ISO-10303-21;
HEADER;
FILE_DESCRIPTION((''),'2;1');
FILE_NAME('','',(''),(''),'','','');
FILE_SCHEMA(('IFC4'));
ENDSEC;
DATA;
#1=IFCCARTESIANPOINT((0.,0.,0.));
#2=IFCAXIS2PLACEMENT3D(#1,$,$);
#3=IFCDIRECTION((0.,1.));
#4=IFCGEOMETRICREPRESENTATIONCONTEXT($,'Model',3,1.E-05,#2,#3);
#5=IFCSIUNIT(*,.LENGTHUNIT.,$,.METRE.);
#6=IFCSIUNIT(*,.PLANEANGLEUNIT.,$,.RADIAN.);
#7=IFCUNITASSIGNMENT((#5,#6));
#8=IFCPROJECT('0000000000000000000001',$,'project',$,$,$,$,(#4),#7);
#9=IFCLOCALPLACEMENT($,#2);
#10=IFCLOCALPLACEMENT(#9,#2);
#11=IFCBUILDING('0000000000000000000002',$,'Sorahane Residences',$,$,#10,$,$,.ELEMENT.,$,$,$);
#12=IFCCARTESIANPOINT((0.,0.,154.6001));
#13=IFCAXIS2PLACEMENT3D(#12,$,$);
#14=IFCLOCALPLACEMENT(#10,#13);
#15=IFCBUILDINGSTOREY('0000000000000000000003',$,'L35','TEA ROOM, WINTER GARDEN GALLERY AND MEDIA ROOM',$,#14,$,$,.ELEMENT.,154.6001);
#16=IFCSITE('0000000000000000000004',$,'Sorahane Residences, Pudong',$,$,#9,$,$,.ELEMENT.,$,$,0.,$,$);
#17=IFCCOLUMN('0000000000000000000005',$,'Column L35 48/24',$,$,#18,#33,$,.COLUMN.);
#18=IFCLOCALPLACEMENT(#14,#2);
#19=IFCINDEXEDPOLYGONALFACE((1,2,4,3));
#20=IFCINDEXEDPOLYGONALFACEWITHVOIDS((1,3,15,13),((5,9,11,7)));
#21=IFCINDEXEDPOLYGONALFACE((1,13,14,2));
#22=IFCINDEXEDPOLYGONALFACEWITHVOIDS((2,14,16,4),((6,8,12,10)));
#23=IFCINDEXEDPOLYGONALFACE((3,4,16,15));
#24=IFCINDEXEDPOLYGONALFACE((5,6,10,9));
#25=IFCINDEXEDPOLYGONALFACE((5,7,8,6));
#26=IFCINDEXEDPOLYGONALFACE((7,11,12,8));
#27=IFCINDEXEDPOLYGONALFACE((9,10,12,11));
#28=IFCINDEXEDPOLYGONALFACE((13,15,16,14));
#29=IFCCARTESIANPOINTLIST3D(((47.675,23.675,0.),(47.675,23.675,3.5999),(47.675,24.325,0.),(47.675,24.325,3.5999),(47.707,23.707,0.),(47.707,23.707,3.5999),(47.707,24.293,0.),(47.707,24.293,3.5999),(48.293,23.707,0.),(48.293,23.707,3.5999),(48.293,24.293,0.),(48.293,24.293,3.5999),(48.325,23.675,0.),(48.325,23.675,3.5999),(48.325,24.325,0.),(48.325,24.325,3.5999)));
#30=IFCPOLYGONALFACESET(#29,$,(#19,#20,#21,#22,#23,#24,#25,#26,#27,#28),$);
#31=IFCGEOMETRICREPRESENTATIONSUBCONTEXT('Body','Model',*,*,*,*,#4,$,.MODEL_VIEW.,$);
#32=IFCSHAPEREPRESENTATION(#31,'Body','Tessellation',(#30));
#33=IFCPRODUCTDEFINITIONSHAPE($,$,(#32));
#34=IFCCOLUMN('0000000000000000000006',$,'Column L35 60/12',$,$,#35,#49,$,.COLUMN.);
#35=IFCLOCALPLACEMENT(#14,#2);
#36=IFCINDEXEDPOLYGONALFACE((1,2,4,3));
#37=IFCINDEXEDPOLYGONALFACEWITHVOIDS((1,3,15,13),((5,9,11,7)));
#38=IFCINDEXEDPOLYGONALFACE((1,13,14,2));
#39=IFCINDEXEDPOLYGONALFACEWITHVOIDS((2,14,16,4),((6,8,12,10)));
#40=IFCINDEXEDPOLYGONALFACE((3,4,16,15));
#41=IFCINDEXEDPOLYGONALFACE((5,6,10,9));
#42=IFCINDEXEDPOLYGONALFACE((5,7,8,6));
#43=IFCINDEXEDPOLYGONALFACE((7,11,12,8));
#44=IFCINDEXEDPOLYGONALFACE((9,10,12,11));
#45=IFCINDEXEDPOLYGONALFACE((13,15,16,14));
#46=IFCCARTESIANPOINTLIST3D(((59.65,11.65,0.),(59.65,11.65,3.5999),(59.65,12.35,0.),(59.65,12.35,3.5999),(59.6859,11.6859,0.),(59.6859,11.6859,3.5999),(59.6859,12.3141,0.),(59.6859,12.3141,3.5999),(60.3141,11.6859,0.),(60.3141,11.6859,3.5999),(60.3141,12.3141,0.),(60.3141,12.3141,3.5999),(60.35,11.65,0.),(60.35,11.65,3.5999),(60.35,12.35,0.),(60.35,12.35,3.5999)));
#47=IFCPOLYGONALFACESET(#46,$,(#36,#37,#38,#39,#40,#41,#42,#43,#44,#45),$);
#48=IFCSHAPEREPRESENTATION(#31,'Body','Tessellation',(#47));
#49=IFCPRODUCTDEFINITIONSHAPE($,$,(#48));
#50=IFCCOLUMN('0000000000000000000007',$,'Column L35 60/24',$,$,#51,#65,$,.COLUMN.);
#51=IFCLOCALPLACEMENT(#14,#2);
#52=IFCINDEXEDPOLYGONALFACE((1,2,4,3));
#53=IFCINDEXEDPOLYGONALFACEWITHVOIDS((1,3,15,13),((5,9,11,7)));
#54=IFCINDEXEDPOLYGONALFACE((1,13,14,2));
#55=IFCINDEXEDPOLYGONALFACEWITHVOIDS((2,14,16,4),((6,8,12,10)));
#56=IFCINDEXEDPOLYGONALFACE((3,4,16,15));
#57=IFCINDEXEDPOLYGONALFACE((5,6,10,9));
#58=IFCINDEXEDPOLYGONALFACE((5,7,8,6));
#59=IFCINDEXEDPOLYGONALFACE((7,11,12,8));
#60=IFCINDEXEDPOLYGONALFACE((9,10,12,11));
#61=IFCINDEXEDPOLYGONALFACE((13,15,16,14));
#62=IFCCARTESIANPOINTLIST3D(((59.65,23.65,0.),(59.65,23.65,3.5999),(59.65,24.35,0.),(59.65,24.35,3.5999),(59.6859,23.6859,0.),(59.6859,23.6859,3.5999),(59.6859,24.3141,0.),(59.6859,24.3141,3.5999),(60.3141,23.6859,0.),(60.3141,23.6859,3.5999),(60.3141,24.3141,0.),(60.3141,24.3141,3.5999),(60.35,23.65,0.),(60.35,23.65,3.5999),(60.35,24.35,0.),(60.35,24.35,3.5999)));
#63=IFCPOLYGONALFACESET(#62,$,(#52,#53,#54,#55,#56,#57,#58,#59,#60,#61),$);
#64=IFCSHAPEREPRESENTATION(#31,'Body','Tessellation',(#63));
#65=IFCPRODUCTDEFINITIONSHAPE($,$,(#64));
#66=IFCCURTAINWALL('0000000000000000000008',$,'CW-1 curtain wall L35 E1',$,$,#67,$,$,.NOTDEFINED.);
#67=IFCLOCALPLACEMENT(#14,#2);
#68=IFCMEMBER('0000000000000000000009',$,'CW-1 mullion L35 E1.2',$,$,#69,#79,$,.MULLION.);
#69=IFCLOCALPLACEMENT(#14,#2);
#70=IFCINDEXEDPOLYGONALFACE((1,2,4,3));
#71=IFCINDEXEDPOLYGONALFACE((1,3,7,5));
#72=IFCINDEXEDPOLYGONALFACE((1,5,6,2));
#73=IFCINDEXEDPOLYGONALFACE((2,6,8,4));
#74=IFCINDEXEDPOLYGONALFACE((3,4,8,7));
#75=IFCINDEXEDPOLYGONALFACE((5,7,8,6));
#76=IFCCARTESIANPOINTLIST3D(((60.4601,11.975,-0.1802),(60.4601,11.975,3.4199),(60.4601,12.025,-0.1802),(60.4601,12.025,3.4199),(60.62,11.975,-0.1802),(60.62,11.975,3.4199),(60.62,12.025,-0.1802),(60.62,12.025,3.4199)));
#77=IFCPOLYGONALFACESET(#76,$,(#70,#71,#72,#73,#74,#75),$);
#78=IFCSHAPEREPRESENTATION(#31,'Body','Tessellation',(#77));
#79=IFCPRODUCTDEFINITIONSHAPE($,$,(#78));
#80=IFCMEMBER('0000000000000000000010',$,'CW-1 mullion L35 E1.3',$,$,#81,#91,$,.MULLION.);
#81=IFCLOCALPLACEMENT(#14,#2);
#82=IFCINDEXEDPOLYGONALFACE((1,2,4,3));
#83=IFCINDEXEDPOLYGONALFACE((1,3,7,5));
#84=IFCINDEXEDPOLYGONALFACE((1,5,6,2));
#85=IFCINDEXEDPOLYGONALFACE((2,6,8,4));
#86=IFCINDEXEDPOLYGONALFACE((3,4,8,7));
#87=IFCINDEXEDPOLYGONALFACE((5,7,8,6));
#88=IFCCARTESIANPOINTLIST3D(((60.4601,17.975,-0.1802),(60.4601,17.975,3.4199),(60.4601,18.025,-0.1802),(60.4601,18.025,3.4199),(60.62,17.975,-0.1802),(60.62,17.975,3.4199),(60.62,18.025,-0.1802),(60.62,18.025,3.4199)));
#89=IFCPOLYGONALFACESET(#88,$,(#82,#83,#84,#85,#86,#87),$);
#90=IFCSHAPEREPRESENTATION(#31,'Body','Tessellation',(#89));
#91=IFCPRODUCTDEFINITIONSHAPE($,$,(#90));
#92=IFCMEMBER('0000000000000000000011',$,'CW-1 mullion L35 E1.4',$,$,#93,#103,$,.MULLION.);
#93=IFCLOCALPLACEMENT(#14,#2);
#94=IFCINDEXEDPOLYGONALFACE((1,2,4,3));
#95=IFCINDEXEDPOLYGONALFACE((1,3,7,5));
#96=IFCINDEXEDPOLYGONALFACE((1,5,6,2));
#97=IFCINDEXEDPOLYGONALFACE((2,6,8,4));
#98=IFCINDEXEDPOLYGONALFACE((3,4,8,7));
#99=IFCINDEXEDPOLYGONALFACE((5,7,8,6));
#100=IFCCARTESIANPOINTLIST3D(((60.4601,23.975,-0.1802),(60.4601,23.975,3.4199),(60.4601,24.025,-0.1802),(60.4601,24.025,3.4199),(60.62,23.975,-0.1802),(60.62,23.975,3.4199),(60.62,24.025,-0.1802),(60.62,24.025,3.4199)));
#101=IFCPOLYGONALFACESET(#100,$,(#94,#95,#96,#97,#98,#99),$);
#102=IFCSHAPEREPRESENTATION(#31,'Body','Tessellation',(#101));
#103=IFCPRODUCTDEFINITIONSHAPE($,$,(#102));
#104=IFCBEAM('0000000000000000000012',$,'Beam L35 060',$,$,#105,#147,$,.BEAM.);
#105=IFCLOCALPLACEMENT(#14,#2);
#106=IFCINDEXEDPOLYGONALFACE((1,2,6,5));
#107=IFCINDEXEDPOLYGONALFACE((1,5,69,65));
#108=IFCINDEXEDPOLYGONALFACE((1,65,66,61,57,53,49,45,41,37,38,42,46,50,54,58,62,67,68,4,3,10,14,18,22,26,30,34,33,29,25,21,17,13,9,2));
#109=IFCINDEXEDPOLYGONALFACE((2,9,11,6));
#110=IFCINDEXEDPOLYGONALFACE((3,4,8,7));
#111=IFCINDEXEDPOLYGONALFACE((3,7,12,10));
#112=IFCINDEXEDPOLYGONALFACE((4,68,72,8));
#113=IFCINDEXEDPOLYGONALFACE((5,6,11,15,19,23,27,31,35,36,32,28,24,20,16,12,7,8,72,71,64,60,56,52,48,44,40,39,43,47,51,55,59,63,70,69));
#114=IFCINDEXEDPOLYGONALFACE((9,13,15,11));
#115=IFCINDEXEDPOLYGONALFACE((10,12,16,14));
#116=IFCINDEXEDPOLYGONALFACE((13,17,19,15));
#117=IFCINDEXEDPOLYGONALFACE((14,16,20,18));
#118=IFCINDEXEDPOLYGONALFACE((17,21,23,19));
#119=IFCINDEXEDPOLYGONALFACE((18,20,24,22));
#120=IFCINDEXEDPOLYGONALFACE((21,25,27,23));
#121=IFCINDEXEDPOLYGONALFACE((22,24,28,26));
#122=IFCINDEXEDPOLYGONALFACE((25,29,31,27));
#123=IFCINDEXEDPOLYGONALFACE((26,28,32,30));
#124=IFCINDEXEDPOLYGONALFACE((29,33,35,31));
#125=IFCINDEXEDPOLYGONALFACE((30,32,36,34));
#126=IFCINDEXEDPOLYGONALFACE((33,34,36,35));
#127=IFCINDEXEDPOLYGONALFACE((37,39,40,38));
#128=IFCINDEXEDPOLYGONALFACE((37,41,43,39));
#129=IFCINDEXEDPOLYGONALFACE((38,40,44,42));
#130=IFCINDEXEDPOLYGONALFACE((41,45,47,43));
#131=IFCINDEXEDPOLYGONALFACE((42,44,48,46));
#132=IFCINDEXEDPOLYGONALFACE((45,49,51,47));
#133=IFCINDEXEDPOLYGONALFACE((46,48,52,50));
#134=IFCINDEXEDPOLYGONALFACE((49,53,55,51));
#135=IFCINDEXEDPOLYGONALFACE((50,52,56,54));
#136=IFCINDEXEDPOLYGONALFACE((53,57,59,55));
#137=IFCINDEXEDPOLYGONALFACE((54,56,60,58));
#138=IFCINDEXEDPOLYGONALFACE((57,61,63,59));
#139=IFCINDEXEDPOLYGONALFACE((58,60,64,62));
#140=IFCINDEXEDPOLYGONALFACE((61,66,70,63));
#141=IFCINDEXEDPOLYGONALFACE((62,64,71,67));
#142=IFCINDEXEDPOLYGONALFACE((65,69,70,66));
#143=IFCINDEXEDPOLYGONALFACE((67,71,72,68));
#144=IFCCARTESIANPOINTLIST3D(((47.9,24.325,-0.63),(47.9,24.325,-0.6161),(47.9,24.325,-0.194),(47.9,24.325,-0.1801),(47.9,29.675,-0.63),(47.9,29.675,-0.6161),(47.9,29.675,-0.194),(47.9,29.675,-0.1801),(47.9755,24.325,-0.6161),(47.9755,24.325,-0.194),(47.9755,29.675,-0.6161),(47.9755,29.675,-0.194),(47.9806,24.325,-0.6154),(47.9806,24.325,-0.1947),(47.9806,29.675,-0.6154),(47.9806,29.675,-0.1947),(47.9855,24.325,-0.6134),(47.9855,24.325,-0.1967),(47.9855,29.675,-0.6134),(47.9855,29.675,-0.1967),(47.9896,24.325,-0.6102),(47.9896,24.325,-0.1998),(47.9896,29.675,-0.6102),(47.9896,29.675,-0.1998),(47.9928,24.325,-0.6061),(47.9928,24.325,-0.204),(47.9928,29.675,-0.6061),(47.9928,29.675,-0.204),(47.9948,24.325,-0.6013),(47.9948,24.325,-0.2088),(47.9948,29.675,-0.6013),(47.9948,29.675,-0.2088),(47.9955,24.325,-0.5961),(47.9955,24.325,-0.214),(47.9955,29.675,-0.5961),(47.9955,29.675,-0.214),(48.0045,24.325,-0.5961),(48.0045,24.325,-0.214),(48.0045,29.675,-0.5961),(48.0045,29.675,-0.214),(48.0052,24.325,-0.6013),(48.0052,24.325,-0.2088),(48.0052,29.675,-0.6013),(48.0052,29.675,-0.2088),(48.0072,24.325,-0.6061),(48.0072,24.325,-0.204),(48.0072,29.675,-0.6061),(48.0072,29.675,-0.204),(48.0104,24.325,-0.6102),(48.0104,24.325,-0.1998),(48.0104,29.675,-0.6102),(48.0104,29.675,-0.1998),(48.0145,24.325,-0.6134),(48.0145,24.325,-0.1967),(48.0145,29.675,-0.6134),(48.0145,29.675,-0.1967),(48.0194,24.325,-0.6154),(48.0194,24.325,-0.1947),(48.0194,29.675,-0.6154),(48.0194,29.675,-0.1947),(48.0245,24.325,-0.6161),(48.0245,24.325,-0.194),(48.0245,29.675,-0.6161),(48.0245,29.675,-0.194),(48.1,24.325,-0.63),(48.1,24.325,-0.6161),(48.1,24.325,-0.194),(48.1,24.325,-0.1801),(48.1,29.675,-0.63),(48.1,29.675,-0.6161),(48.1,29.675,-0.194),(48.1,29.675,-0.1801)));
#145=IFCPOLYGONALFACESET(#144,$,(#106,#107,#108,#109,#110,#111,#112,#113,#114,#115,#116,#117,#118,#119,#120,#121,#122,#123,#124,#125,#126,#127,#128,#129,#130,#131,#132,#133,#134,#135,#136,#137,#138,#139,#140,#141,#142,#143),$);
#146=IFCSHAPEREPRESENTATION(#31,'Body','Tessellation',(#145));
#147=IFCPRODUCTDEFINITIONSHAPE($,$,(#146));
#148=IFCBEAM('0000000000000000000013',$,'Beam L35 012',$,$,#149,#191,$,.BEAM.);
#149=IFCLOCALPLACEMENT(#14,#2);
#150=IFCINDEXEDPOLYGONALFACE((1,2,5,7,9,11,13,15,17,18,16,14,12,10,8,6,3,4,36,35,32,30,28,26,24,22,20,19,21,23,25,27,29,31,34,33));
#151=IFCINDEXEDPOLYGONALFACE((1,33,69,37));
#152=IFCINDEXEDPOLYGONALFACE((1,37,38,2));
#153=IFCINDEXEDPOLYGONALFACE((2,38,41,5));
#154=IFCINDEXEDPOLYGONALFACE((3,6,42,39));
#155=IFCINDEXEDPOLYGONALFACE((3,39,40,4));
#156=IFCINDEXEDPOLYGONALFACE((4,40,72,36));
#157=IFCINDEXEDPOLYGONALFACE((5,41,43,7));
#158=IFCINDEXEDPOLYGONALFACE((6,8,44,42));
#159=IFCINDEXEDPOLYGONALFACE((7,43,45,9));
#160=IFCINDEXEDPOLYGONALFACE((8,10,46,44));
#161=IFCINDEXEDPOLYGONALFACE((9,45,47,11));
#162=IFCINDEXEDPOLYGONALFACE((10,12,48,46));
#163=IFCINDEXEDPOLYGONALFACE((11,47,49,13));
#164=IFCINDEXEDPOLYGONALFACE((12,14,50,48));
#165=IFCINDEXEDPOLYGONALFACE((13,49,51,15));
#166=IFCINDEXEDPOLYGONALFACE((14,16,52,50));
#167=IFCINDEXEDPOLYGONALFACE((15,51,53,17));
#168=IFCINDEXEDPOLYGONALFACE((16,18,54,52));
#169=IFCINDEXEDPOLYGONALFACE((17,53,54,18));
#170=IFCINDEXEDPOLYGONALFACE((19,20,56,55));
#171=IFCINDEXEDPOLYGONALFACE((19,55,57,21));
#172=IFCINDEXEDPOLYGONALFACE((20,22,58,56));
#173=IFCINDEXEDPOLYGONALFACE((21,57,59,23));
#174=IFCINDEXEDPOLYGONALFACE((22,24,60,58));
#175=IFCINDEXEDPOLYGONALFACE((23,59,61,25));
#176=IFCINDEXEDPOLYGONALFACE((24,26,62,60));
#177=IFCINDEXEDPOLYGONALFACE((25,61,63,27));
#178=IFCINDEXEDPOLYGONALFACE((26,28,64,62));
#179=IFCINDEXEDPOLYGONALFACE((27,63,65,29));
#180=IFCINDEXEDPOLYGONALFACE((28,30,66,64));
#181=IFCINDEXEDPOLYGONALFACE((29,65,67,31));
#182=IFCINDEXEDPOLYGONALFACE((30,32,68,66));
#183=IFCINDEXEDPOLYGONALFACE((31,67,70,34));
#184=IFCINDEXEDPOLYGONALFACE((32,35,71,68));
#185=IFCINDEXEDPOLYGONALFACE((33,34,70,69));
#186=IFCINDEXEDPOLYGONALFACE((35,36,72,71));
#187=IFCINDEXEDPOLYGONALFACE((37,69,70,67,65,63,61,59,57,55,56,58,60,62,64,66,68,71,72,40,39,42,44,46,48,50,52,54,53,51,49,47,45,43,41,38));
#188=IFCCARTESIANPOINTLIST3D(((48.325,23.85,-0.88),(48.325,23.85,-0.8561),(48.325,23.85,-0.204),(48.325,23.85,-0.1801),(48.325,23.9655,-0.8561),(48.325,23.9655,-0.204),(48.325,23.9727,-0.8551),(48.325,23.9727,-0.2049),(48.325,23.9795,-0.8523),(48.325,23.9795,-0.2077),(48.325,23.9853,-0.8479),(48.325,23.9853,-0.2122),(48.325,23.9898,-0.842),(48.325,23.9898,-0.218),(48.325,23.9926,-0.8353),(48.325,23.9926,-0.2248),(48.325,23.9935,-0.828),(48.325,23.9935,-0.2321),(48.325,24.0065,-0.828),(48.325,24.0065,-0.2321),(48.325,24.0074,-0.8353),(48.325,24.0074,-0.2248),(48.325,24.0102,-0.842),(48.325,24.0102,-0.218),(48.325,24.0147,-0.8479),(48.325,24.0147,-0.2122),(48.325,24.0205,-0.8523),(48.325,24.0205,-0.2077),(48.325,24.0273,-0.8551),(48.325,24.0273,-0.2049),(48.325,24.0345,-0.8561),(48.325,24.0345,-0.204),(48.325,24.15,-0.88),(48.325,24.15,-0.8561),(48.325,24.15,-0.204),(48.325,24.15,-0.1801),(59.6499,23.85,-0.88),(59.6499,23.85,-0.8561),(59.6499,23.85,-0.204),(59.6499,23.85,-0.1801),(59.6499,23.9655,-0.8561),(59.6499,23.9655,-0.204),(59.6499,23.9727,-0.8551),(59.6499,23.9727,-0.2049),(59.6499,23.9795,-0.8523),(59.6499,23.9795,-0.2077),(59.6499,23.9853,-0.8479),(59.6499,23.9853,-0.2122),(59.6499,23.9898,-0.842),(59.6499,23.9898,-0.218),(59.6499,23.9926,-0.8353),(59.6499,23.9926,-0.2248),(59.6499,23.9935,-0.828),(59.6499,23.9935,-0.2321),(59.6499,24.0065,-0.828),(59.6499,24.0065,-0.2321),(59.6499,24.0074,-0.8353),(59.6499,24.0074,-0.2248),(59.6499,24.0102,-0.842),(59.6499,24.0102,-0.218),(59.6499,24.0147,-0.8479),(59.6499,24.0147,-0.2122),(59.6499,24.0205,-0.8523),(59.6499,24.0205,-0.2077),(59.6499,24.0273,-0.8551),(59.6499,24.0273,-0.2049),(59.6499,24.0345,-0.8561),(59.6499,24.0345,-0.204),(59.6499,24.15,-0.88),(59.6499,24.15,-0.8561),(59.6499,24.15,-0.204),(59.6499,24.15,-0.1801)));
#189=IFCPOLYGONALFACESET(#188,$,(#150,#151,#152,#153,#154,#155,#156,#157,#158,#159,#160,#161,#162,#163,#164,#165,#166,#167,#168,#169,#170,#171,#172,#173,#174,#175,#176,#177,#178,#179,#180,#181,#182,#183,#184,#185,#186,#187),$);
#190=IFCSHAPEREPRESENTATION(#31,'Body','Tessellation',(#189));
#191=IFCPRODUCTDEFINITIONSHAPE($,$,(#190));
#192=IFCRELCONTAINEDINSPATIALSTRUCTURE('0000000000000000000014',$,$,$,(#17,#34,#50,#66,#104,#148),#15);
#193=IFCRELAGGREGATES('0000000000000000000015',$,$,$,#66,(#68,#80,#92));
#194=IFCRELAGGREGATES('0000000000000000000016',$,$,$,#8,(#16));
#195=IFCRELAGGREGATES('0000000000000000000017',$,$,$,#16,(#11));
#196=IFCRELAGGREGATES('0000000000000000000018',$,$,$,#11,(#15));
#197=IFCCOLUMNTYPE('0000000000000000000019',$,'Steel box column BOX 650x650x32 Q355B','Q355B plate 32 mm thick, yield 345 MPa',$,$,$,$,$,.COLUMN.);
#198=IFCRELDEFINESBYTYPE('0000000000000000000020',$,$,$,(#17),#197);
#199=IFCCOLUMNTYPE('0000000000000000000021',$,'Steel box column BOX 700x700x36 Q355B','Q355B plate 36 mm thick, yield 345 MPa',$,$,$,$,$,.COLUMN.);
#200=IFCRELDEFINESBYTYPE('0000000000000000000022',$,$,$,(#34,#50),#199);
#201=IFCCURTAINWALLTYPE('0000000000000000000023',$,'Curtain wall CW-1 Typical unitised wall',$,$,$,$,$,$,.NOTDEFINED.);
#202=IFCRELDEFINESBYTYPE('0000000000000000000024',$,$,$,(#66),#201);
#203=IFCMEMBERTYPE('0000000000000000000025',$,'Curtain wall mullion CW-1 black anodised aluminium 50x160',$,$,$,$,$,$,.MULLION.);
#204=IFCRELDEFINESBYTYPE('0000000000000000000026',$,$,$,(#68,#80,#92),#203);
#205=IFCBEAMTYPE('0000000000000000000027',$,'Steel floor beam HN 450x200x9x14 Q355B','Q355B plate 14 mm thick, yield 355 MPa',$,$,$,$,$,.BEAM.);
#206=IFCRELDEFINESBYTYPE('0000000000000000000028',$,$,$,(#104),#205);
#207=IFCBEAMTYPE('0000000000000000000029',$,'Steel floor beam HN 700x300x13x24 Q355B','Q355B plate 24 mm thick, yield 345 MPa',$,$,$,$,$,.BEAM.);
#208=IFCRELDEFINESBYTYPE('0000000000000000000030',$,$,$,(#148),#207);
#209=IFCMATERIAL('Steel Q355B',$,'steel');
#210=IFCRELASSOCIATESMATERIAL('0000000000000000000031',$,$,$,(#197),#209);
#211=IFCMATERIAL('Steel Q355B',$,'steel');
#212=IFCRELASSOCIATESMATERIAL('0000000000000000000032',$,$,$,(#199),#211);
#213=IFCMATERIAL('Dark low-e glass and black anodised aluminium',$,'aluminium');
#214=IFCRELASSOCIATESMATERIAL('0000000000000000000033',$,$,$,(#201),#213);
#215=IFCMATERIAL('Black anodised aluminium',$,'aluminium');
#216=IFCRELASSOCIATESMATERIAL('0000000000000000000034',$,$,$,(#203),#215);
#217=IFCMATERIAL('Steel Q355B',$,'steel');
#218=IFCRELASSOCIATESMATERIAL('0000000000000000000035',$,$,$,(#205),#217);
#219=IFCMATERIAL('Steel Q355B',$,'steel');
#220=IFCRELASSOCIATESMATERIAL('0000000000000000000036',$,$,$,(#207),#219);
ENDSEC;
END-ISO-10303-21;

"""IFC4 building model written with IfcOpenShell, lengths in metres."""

from ifc_helpers import new_model, si_unit, direction, frame, origin, origin_2d, place, context, subcontext, project, spatial, rectangle, hollow_rectangle, i_section, extrude, material, material_profile, profile_set, type_object, element, aggregate, save


model = new_model("IFC4")

# Units and contexts
model_context = context("Model", 3, precision=1e-05, world=origin(), true_north=direction((0.0, 1.0)))
body_context = subcontext(model_context, "Body", "Model", "MODEL_VIEW")
ifc_project = project(units=[si_unit("LENGTHUNIT", "METRE"), si_unit("PLANEANGLEUNIT", "RADIAN")], contexts=[model_context])

# Site, building, storey
site_placement = place(None, origin())
site = spatial("IfcSite", under=ifc_project, at=site_placement, Name="Sorahane Residences, Pudong", CompositionType="ELEMENT", RefElevation=0.0)
building_placement = place(site_placement, origin())
building = spatial("IfcBuilding", under=site, at=building_placement, Name="Sorahane Residences", CompositionType="ELEMENT")
storey_placement = place(building_placement, frame((0.0, 0.0, 154.6001)))
storey = spatial("IfcBuildingStorey", under=building, at=storey_placement, Name="L35", Description="TEA ROOM, WINTER GARDEN GALLERY AND MEDIA ROOM", CompositionType="ELEMENT", Elevation=154.6001)

# Columns
ifc_material_1 = material(Name="Steel Q355B", Category="steel")
ifc_material_profile_1 = material_profile(ifc_material_1, hollow_rectangle(XDim=0.6499, YDim=0.6499, WallThickness=0.032, at=origin_2d()), Name="BOX 650x650x32")
ifc_profile_set_1 = profile_set([ifc_material_profile_1], Name="Steel Q355B")
column_type_1 = type_object("IfcColumnType", Name="Steel box column BOX 650x650x32 Q355B", Description="Q355B plate 32 mm thick, yield 345 MPa", PredefinedType="COLUMN", material=ifc_profile_set_1)
column_placement = place(storey_placement, frame((48.0, 24.0, 0.0), z_axis=(0.0, 0.0, 1.0), x_axis=(1.0, 0.0, 0.0)))
element("IfcColumn", 1, at=column_placement, inside=storey, type_object=column_type_1, Name="Column L35 48/24", PredefinedType="COLUMN", context=body_context, shape_type="SweptSolid", body=[
    extrude(hollow_rectangle(XDim=0.6499, YDim=0.6499, WallThickness=0.032, at=origin_2d()), origin(), (0.0, 0.0, 1.0), 3.5999),
])
ifc_material_2 = material(Name="Steel Q355B", Category="steel")
ifc_material_profile_2 = material_profile(ifc_material_2, hollow_rectangle(XDim=0.7, YDim=0.7, WallThickness=0.0359, at=origin_2d()), Name="BOX 700x700x36")
ifc_profile_set_2 = profile_set([ifc_material_profile_2], Name="Steel Q355B")
column_type_2 = type_object("IfcColumnType", Name="Steel box column BOX 700x700x36 Q355B", Description="Q355B plate 36 mm thick, yield 345 MPa", PredefinedType="COLUMN", material=ifc_profile_set_2)
for number, where, z_axis, x_axis, name in (
    (2, (60.0, 12.0, 0.0), (0.0, 0.0, 1.0), (1.0, 0.0, 0.0), "Column L35 60/12"),
    (3, (60.0, 24.0, 0.0), (0.0, 0.0, 1.0), (1.0, 0.0, 0.0), "Column L35 60/24"),
):
    element("IfcColumn", number, at=place(storey_placement, frame(where, z_axis=z_axis, x_axis=x_axis)), inside=storey, type_object=column_type_2, Name=name, PredefinedType="COLUMN", context=body_context, shape_type="SweptSolid", body=[
        extrude(hollow_rectangle(XDim=0.7, YDim=0.7, WallThickness=0.0359, at=origin_2d()), origin(), (0.0, 0.0, 1.0), 3.5999),
    ])

# Curtain wall, members
ifc_material_3 = material(Name="Dark low-e glass and black anodised aluminium", Category="aluminium")
curtain_wall_type = type_object("IfcCurtainWallType", Name="Curtain wall CW-1 Typical unitised wall", PredefinedType="NOTDEFINED", material=ifc_material_3)
curtain_wall_placement = place(storey_placement, origin())
curtain_wall = element("IfcCurtainWall", 4, at=curtain_wall_placement, inside=storey, type_object=curtain_wall_type, Name="CW-1 curtain wall L35 E1", PredefinedType="NOTDEFINED")
ifc_material_4 = material(Name="Black anodised aluminium", Category="aluminium")
ifc_material_profile_3 = material_profile(ifc_material_4, rectangle(XDim=0.1599, YDim=0.05, at=origin_2d()), Name="Curtain wall mullion CW-1 black anodised aluminium 50x160")
ifc_profile_set_3 = profile_set([ifc_material_profile_3], Name="Black anodised aluminium")
member_type = type_object("IfcMemberType", Name="Curtain wall mullion CW-1 black anodised aluminium 50x160", PredefinedType="MULLION", material=ifc_profile_set_3)
member_1_placement = place(storey_placement, frame((60.54, 12.0, -0.1802), z_axis=(0.0, 0.0, 1.0), x_axis=(1.0, 0.0, 0.0)))
member_1 = element("IfcMember", 5, at=member_1_placement, type_object=member_type, Name="CW-1 mullion L35 E1.2", PredefinedType="MULLION", context=body_context, shape_type="SweptSolid", body=[
    extrude(rectangle(XDim=0.1599, YDim=0.05, at=origin_2d()), origin(), (0.0, 0.0, 1.0), 3.6001),
])
member_2_placement = place(storey_placement, frame((60.54, 18.0, -0.1802), z_axis=(0.0, 0.0, 1.0), x_axis=(1.0, 0.0, 0.0)))
member_2 = element("IfcMember", 6, at=member_2_placement, type_object=member_type, Name="CW-1 mullion L35 E1.3", PredefinedType="MULLION", context=body_context, shape_type="SweptSolid", body=[
    extrude(rectangle(XDim=0.1599, YDim=0.05, at=origin_2d()), origin(), (0.0, 0.0, 1.0), 3.6001),
])
member_3_placement = place(storey_placement, frame((60.54, 24.0, -0.1802), z_axis=(0.0, 0.0, 1.0), x_axis=(1.0, 0.0, 0.0)))
member_3 = element("IfcMember", 7, at=member_3_placement, type_object=member_type, Name="CW-1 mullion L35 E1.4", PredefinedType="MULLION", context=body_context, shape_type="SweptSolid", body=[
    extrude(rectangle(XDim=0.1599, YDim=0.05, at=origin_2d()), origin(), (0.0, 0.0, 1.0), 3.6001),
])

# Beams
ifc_material_5 = material(Name="Steel Q355B", Category="steel")
ifc_material_profile_4 = material_profile(ifc_material_5, i_section(OverallWidth=0.2, OverallDepth=0.45, WebThickness=0.009, FlangeThickness=0.0139, FilletRadius=0.02, at=origin_2d()), Name="HN 450x200x9x14")
ifc_profile_set_4 = profile_set([ifc_material_profile_4], Name="Steel Q355B")
beam_type_1 = type_object("IfcBeamType", Name="Steel floor beam HN 450x200x9x14 Q355B", Description="Q355B plate 14 mm thick, yield 355 MPa", PredefinedType="BEAM", material=ifc_profile_set_4)
beam_1_placement = place(storey_placement, frame((48.0, 24.325, -0.405), z_axis=(0.0, 1.0, 0.0), x_axis=(-1.0, 0.0, 0.0)))
element("IfcBeam", 8, at=beam_1_placement, inside=storey, type_object=beam_type_1, Name="Beam L35 060", PredefinedType="BEAM", context=body_context, shape_type="SweptSolid", body=[
    extrude(i_section(OverallWidth=0.2, OverallDepth=0.45, WebThickness=0.009, FlangeThickness=0.0139, FilletRadius=0.02, at=origin_2d()), origin(), (0.0, 0.0, 1.0), 5.3501),
])
ifc_material_6 = material(Name="Steel Q355B", Category="steel")
ifc_material_profile_5 = material_profile(ifc_material_6, i_section(OverallWidth=0.3, OverallDepth=0.7, WebThickness=0.0129, FlangeThickness=0.0239, FilletRadius=0.0281, at=origin_2d()), Name="HN 700x300x13x24")
ifc_profile_set_5 = profile_set([ifc_material_profile_5], Name="Steel Q355B")
beam_type_2 = type_object("IfcBeamType", Name="Steel floor beam HN 700x300x13x24 Q355B", Description="Q355B plate 24 mm thick, yield 345 MPa", PredefinedType="BEAM", material=ifc_profile_set_5)
beam_2_placement = place(storey_placement, frame((48.325, 24.0, -0.53), z_axis=(1.0, 0.0, 0.0), x_axis=(0.0, 1.0, 0.0)))
element("IfcBeam", 9, at=beam_2_placement, inside=storey, type_object=beam_type_2, Name="Beam L35 012", PredefinedType="BEAM", context=body_context, shape_type="SweptSolid", body=[
    extrude(i_section(OverallWidth=0.3, OverallDepth=0.7, WebThickness=0.0129, FlangeThickness=0.0239, FilletRadius=0.0281, at=origin_2d()), origin(), (0.0, 0.0, 1.0), 11.325),
])

aggregate(curtain_wall, [member_1, member_2, member_3])

save(model, "model.ifc")
